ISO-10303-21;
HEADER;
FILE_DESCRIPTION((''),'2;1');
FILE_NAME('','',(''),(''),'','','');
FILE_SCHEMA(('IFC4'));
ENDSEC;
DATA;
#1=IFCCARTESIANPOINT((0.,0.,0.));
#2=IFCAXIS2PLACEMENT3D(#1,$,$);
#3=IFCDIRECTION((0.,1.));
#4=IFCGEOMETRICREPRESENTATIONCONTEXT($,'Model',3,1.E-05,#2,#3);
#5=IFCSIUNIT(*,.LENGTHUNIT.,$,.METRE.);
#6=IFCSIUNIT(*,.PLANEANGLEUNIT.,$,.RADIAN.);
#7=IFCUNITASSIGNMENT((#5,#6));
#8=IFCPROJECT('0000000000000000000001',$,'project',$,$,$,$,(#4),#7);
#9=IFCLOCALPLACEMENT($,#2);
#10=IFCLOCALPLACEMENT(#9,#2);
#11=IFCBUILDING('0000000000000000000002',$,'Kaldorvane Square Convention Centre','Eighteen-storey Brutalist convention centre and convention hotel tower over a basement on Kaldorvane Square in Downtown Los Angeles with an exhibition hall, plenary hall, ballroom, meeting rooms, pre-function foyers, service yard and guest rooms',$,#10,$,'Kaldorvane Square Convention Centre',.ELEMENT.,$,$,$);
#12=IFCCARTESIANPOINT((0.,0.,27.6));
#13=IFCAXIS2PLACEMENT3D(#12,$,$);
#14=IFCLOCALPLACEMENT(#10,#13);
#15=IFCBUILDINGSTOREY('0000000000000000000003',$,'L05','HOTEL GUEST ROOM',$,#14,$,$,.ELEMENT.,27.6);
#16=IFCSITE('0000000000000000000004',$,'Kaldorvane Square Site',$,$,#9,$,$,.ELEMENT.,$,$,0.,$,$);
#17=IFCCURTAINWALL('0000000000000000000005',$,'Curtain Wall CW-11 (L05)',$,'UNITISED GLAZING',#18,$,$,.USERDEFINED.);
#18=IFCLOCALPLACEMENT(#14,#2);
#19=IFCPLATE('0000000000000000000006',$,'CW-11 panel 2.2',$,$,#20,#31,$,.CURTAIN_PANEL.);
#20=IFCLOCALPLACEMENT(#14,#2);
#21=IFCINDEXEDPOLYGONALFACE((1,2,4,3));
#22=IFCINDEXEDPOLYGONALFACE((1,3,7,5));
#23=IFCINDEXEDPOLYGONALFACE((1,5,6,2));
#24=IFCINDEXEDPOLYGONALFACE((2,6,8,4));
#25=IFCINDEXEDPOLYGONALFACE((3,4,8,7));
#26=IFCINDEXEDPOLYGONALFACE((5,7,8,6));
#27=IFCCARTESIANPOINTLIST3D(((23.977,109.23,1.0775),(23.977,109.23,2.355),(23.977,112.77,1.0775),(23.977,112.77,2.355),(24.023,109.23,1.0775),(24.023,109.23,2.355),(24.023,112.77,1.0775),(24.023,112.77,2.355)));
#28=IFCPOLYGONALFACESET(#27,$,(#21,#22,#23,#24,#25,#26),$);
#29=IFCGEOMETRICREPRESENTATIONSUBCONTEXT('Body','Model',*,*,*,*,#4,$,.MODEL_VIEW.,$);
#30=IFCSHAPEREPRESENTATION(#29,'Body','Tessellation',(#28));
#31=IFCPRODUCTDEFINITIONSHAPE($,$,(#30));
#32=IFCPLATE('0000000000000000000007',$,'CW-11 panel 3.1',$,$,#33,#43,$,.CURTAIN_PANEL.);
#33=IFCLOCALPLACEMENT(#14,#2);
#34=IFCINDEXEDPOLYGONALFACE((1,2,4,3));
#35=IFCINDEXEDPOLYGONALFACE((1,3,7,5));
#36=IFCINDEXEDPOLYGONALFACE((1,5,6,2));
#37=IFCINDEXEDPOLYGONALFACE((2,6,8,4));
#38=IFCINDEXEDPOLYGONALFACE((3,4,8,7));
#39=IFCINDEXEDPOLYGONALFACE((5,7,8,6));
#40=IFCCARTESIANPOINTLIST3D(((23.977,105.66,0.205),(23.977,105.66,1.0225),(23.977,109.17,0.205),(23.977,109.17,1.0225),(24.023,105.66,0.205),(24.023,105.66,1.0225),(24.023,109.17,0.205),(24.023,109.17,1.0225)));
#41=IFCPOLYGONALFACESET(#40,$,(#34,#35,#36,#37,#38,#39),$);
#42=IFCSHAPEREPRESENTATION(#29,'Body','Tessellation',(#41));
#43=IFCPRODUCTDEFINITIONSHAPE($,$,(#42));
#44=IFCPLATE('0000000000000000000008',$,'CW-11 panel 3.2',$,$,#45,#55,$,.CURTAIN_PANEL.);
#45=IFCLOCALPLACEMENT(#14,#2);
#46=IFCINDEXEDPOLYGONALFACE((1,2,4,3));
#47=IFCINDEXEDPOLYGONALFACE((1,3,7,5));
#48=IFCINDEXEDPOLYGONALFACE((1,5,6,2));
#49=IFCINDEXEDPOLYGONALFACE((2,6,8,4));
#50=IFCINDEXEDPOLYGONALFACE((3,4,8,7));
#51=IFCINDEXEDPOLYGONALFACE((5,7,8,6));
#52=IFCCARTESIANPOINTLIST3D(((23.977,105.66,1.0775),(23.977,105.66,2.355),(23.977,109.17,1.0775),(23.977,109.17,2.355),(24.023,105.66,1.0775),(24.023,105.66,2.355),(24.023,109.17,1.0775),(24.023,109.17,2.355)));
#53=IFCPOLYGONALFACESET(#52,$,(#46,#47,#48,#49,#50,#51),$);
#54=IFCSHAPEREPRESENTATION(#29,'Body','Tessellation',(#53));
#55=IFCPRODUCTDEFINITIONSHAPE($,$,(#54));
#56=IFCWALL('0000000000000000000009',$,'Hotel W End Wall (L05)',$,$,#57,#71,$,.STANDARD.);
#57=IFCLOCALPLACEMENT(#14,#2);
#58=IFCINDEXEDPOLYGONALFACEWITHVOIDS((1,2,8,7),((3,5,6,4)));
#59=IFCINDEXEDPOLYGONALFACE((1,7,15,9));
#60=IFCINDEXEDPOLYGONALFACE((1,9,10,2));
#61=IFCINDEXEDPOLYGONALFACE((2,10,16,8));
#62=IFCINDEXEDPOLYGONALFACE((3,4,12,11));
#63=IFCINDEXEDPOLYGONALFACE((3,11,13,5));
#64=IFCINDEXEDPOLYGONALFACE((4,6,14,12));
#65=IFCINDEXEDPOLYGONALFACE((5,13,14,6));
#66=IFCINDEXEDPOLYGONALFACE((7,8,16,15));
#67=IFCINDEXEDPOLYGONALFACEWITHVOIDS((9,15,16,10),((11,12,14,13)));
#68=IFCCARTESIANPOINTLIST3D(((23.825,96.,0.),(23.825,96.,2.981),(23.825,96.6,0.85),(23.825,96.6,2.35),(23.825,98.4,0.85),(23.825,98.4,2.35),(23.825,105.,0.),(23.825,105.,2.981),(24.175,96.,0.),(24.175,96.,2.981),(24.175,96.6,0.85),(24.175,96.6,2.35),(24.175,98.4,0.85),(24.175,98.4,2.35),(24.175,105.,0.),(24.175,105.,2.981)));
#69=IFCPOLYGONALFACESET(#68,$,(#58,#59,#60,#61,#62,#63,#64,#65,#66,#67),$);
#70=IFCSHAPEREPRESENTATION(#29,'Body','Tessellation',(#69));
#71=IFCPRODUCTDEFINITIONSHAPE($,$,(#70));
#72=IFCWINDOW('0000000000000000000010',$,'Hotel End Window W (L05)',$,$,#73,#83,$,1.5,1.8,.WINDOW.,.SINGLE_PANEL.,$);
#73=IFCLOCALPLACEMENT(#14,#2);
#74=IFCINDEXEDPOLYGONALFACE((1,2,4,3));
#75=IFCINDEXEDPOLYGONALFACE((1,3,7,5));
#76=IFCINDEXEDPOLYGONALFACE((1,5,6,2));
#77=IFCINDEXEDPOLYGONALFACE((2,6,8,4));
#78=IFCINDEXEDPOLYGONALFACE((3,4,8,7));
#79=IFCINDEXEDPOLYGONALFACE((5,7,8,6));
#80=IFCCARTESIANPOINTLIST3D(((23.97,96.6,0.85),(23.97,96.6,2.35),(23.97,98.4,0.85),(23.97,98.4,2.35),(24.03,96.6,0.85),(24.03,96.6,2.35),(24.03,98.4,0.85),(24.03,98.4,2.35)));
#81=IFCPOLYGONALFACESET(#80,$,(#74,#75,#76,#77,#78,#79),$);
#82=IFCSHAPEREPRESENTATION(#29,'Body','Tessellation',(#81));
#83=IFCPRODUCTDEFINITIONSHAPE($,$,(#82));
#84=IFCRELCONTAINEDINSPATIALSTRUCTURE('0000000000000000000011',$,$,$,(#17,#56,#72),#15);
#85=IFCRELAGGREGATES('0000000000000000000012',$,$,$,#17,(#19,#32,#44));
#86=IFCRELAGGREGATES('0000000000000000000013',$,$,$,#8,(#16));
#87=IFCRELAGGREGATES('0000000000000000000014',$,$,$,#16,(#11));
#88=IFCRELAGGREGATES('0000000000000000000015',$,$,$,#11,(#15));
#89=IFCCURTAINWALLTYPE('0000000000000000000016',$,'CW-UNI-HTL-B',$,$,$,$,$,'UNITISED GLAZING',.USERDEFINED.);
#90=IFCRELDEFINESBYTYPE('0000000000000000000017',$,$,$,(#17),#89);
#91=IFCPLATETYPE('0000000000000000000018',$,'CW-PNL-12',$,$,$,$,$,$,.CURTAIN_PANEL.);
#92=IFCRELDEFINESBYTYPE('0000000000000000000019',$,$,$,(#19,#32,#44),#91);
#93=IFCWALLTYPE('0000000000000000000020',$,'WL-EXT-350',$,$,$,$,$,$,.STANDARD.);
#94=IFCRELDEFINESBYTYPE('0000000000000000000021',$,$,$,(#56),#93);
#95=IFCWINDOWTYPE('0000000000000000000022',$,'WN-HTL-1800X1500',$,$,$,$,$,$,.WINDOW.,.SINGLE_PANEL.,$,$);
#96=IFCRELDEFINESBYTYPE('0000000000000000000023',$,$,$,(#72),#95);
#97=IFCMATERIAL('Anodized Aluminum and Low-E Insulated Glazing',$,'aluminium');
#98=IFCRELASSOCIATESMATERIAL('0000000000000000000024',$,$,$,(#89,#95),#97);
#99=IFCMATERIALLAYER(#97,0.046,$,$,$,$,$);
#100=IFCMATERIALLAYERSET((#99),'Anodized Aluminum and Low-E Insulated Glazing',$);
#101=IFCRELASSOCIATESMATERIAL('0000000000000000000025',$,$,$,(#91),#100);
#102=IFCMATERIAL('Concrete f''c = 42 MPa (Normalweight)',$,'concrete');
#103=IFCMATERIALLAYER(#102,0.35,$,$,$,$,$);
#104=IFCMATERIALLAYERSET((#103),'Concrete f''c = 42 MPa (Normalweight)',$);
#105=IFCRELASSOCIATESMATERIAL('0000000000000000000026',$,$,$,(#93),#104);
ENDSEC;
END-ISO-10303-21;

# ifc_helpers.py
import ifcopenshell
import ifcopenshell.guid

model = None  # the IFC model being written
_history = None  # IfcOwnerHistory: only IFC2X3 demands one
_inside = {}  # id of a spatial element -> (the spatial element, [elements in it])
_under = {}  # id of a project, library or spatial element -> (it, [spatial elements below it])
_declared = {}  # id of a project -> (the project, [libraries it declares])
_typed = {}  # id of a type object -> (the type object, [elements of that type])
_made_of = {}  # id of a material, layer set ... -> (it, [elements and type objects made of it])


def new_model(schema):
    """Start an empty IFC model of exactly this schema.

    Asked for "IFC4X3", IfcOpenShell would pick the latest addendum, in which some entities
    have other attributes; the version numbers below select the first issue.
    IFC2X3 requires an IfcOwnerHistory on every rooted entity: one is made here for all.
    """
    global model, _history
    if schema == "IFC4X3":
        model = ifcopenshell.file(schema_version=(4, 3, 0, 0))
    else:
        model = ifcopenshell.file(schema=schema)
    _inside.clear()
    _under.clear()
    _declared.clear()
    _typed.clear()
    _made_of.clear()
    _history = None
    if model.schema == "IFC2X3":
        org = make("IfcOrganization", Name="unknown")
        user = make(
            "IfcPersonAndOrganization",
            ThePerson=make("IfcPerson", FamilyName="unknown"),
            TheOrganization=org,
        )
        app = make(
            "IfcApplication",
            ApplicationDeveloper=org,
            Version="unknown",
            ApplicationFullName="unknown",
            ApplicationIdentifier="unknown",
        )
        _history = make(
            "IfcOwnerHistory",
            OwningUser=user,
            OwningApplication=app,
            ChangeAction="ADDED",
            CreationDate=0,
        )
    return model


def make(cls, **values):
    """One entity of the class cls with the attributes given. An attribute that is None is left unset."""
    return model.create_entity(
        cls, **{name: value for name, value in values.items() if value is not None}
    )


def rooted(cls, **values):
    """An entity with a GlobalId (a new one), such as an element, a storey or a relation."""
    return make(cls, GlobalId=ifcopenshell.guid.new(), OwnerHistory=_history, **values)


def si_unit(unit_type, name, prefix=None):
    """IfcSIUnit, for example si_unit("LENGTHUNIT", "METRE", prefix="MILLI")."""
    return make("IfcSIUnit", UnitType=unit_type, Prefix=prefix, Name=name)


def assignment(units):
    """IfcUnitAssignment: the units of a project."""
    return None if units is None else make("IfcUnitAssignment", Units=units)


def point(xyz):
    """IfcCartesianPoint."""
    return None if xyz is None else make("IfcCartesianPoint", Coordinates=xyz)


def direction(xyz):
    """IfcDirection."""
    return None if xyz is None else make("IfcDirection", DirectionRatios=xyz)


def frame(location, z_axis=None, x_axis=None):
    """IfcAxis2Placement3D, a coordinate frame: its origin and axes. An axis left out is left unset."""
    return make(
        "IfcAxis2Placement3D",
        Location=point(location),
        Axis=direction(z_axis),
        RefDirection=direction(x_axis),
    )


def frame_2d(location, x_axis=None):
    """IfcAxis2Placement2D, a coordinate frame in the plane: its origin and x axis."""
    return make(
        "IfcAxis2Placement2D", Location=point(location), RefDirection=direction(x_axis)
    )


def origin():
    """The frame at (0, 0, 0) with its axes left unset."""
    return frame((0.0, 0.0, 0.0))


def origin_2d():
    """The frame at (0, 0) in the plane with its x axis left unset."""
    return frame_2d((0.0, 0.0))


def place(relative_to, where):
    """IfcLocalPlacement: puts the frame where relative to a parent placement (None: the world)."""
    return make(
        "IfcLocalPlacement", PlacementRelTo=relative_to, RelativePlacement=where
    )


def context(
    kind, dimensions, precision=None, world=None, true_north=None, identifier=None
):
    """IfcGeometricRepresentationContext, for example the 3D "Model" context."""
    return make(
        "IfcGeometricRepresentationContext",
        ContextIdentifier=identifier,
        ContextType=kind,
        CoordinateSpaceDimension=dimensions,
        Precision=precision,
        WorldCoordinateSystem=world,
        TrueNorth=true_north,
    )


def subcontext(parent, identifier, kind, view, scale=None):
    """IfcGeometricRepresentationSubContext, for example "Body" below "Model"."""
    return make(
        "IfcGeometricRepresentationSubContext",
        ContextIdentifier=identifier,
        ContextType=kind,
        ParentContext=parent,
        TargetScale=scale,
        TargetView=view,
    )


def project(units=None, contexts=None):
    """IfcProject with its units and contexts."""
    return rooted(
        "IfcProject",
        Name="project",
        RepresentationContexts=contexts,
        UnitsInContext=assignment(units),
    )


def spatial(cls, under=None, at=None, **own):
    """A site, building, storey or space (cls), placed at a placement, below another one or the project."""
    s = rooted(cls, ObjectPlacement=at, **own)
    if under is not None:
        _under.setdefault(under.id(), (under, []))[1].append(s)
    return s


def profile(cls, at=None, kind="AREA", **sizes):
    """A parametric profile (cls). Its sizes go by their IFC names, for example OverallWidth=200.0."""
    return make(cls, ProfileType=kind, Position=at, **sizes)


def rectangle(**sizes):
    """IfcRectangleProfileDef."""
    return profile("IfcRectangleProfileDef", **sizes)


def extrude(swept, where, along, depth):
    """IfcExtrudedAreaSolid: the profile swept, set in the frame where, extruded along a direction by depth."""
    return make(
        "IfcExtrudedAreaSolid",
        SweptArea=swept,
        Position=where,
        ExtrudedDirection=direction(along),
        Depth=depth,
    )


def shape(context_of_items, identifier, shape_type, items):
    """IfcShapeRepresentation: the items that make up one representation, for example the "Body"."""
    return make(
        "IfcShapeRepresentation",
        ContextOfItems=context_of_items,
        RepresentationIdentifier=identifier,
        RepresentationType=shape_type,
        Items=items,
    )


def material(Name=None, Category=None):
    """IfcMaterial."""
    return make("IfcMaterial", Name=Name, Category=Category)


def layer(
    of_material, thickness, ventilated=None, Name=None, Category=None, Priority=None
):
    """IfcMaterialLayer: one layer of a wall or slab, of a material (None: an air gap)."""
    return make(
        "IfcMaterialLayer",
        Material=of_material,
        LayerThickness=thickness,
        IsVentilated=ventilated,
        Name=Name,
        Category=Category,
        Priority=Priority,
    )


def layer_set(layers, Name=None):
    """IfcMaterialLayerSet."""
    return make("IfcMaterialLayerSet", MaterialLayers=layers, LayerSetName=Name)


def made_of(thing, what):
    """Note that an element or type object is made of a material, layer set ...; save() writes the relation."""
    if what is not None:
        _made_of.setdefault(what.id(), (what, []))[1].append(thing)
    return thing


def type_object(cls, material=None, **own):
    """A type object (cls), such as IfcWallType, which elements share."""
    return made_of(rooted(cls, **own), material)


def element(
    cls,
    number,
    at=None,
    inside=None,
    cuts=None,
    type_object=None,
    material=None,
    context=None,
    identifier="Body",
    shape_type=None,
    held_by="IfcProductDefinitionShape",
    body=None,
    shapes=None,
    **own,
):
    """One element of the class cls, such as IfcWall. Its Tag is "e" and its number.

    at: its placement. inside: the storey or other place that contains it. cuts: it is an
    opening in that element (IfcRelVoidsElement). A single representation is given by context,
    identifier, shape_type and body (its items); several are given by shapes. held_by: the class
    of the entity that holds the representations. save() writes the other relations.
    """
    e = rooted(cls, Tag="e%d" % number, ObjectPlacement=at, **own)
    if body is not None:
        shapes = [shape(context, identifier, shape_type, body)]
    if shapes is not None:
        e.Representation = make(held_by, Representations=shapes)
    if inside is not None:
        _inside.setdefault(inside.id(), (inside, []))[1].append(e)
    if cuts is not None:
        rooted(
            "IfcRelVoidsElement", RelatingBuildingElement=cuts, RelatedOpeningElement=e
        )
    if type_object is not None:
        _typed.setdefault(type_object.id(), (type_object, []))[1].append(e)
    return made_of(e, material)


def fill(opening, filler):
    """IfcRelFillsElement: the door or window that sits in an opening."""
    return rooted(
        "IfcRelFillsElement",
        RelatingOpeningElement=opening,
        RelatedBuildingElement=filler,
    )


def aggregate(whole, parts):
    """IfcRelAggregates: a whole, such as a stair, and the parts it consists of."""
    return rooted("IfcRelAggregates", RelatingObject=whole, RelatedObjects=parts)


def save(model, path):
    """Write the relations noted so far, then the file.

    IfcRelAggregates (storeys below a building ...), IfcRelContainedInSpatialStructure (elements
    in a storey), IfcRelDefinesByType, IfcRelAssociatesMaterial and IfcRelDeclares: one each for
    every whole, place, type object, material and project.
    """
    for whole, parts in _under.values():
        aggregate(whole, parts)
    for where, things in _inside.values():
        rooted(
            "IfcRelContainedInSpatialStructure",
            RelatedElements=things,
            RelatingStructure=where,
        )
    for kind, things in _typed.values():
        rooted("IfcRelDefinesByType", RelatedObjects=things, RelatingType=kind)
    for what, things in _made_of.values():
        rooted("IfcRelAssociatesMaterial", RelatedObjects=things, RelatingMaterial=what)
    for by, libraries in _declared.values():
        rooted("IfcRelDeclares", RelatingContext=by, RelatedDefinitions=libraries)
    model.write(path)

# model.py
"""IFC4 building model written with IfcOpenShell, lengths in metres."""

from ifc_helpers import new_model, si_unit, direction, frame, frame_2d, origin, origin_2d, place, context, subcontext, project, spatial, rectangle, extrude, material, layer, layer_set, type_object, element, fill, aggregate, save


model = new_model("IFC4")

# Units and contexts
model_context = context("Model", 3, precision=1e-05, world=origin(), true_north=direction((0.0, 1.0)))
body_context = subcontext(model_context, "Body", "Model", "MODEL_VIEW")
ifc_project = project(units=[si_unit("LENGTHUNIT", "METRE"), si_unit("PLANEANGLEUNIT", "RADIAN")], contexts=[model_context])

# Site, building, storey
site_placement = place(None, origin())
site = spatial("IfcSite", under=ifc_project, at=site_placement, Name="Kaldorvane Square Site", CompositionType="ELEMENT", RefElevation=0.0)
building_placement = place(site_placement, origin())
building = spatial("IfcBuilding", under=site, at=building_placement, Name="Kaldorvane Square Convention Centre", Description="Eighteen-storey Brutalist convention centre and convention hotel tower over a basement on Kaldorvane Square in Downtown Los Angeles with an exhibition hall, plenary hall, ballroom, meeting rooms, pre-function foyers, service yard and guest rooms", LongName="Kaldorvane Square Convention Centre", CompositionType="ELEMENT")
storey_placement = place(building_placement, frame((0.0, 0.0, 27.6)))
storey = spatial("IfcBuildingStorey", under=building, at=storey_placement, Name="L05", Description="HOTEL GUEST ROOM", CompositionType="ELEMENT", Elevation=27.6)

# Curtain wall, plates
ifc_material_1 = material(Name="Anodized Aluminum and Low-E Insulated Glazing", Category="aluminium")
curtain_wall_type = type_object("IfcCurtainWallType", Name="CW-UNI-HTL-B", ElementType="UNITISED GLAZING", PredefinedType="USERDEFINED", material=ifc_material_1)
curtain_wall_placement = place(storey_placement, origin())
curtain_wall = element("IfcCurtainWall", 1, at=curtain_wall_placement, inside=storey, type_object=curtain_wall_type, Name="Curtain Wall CW-11 (L05)", ObjectType="UNITISED GLAZING", PredefinedType="USERDEFINED")
ifc_layer_1 = layer(ifc_material_1, 0.046)
ifc_layer_set_1 = layer_set([ifc_layer_1], Name="Anodized Aluminum and Low-E Insulated Glazing")
plate_type = type_object("IfcPlateType", Name="CW-PNL-12", PredefinedType="CURTAIN_PANEL", material=ifc_layer_set_1)
plate_1_placement = place(storey_placement, frame((24.0, 111.0, 1.0775), z_axis=(0.0, 0.0, 1.0), x_axis=(0.0, -1.0, 0.0)))
plate_1 = element("IfcPlate", 2, at=plate_1_placement, type_object=plate_type, Name="CW-11 panel 2.2", PredefinedType="CURTAIN_PANEL", context=body_context, shape_type="SweptSolid", body=[
    extrude(rectangle(XDim=3.54, YDim=0.046, at=origin_2d()), origin(), (0.0, 0.0, 1.0), 1.2775),
])
plate_2_placement = place(storey_placement, frame((24.0, 107.415, 0.205), z_axis=(0.0, 0.0, 1.0), x_axis=(0.0, -1.0, 0.0)))
plate_2 = element("IfcPlate", 3, at=plate_2_placement, type_object=plate_type, Name="CW-11 panel 3.1", PredefinedType="CURTAIN_PANEL", context=body_context, shape_type="SweptSolid", body=[
    extrude(rectangle(XDim=3.51, YDim=0.046, at=origin_2d()), origin(), (0.0, 0.0, 1.0), 0.8175),
])
plate_3_placement = place(storey_placement, frame((24.0, 107.415, 1.0775), z_axis=(0.0, 0.0, 1.0), x_axis=(0.0, -1.0, 0.0)))
plate_3 = element("IfcPlate", 4, at=plate_3_placement, type_object=plate_type, Name="CW-11 panel 3.2", PredefinedType="CURTAIN_PANEL", context=body_context, shape_type="SweptSolid", body=[
    extrude(rectangle(XDim=3.51, YDim=0.046, at=origin_2d()), origin(), (0.0, 0.0, 1.0), 1.2775),
])
aggregate(curtain_wall, [plate_1, plate_2, plate_3])

# Wall, opening, window
ifc_material_2 = material(Name="Concrete f'c = 42 MPa (Normalweight)", Category="concrete")
ifc_layer_2 = layer(ifc_material_2, 0.35)
ifc_layer_set_2 = layer_set([ifc_layer_2], Name="Concrete f'c = 42 MPa (Normalweight)")
wall_type = type_object("IfcWallType", Name="WL-EXT-350", PredefinedType="STANDARD", material=ifc_layer_set_2)
wall_placement = place(storey_placement, frame((24.0, 105.0, 0.0), z_axis=(0.0, 0.0, 1.0), x_axis=(0.0, -1.0, 0.0)))
wall = element("IfcWall", 5, at=wall_placement, inside=storey, type_object=wall_type, Name="Hotel W End Wall (L05)", PredefinedType="STANDARD", context=body_context, shape_type="SweptSolid", body=[
    extrude(rectangle(XDim=9.0, YDim=0.35, at=frame_2d((4.5, 0.0))), origin(), (0.0, 0.0, 1.0), 2.981),
])
opening_placement = place(wall_placement, frame((6.6, 0.0, 0.85)))
opening = element("IfcOpeningElement", 6, at=opening_placement, cuts=wall, PredefinedType="OPENING", context=body_context, shape_type="SweptSolid", body=[
    extrude(rectangle(XDim=1.8, YDim=1.5, at=frame_2d((0.9, 0.75))), frame((0.0, 0.19, 0.0), z_axis=(0.0, -1.0, 0.0), x_axis=(1.0, 0.0, 0.0)), (0.0, 0.0, 1.0), 0.38),
])
window_type = type_object("IfcWindowType", Name="WN-HTL-1800X1500", PartitioningType="SINGLE_PANEL", PredefinedType="WINDOW", material=ifc_material_1)
window_placement = place(opening_placement, origin())
window = element("IfcWindow", 7, at=window_placement, inside=storey, type_object=window_type, Name="Hotel End Window W (L05)", OverallHeight=1.5, OverallWidth=1.8, PartitioningType="SINGLE_PANEL", PredefinedType="WINDOW", context=body_context, shape_type="SweptSolid", body=[
    extrude(rectangle(XDim=1.8, YDim=1.5, at=frame_2d((0.9, 0.75))), frame((0.0, 0.03, 0.0), z_axis=(0.0, -1.0, 0.0), x_axis=(1.0, 0.0, 0.0)), (0.0, 0.0, 1.0), 0.06),
])
fill(opening, window)

save(model, "model.ifc")
